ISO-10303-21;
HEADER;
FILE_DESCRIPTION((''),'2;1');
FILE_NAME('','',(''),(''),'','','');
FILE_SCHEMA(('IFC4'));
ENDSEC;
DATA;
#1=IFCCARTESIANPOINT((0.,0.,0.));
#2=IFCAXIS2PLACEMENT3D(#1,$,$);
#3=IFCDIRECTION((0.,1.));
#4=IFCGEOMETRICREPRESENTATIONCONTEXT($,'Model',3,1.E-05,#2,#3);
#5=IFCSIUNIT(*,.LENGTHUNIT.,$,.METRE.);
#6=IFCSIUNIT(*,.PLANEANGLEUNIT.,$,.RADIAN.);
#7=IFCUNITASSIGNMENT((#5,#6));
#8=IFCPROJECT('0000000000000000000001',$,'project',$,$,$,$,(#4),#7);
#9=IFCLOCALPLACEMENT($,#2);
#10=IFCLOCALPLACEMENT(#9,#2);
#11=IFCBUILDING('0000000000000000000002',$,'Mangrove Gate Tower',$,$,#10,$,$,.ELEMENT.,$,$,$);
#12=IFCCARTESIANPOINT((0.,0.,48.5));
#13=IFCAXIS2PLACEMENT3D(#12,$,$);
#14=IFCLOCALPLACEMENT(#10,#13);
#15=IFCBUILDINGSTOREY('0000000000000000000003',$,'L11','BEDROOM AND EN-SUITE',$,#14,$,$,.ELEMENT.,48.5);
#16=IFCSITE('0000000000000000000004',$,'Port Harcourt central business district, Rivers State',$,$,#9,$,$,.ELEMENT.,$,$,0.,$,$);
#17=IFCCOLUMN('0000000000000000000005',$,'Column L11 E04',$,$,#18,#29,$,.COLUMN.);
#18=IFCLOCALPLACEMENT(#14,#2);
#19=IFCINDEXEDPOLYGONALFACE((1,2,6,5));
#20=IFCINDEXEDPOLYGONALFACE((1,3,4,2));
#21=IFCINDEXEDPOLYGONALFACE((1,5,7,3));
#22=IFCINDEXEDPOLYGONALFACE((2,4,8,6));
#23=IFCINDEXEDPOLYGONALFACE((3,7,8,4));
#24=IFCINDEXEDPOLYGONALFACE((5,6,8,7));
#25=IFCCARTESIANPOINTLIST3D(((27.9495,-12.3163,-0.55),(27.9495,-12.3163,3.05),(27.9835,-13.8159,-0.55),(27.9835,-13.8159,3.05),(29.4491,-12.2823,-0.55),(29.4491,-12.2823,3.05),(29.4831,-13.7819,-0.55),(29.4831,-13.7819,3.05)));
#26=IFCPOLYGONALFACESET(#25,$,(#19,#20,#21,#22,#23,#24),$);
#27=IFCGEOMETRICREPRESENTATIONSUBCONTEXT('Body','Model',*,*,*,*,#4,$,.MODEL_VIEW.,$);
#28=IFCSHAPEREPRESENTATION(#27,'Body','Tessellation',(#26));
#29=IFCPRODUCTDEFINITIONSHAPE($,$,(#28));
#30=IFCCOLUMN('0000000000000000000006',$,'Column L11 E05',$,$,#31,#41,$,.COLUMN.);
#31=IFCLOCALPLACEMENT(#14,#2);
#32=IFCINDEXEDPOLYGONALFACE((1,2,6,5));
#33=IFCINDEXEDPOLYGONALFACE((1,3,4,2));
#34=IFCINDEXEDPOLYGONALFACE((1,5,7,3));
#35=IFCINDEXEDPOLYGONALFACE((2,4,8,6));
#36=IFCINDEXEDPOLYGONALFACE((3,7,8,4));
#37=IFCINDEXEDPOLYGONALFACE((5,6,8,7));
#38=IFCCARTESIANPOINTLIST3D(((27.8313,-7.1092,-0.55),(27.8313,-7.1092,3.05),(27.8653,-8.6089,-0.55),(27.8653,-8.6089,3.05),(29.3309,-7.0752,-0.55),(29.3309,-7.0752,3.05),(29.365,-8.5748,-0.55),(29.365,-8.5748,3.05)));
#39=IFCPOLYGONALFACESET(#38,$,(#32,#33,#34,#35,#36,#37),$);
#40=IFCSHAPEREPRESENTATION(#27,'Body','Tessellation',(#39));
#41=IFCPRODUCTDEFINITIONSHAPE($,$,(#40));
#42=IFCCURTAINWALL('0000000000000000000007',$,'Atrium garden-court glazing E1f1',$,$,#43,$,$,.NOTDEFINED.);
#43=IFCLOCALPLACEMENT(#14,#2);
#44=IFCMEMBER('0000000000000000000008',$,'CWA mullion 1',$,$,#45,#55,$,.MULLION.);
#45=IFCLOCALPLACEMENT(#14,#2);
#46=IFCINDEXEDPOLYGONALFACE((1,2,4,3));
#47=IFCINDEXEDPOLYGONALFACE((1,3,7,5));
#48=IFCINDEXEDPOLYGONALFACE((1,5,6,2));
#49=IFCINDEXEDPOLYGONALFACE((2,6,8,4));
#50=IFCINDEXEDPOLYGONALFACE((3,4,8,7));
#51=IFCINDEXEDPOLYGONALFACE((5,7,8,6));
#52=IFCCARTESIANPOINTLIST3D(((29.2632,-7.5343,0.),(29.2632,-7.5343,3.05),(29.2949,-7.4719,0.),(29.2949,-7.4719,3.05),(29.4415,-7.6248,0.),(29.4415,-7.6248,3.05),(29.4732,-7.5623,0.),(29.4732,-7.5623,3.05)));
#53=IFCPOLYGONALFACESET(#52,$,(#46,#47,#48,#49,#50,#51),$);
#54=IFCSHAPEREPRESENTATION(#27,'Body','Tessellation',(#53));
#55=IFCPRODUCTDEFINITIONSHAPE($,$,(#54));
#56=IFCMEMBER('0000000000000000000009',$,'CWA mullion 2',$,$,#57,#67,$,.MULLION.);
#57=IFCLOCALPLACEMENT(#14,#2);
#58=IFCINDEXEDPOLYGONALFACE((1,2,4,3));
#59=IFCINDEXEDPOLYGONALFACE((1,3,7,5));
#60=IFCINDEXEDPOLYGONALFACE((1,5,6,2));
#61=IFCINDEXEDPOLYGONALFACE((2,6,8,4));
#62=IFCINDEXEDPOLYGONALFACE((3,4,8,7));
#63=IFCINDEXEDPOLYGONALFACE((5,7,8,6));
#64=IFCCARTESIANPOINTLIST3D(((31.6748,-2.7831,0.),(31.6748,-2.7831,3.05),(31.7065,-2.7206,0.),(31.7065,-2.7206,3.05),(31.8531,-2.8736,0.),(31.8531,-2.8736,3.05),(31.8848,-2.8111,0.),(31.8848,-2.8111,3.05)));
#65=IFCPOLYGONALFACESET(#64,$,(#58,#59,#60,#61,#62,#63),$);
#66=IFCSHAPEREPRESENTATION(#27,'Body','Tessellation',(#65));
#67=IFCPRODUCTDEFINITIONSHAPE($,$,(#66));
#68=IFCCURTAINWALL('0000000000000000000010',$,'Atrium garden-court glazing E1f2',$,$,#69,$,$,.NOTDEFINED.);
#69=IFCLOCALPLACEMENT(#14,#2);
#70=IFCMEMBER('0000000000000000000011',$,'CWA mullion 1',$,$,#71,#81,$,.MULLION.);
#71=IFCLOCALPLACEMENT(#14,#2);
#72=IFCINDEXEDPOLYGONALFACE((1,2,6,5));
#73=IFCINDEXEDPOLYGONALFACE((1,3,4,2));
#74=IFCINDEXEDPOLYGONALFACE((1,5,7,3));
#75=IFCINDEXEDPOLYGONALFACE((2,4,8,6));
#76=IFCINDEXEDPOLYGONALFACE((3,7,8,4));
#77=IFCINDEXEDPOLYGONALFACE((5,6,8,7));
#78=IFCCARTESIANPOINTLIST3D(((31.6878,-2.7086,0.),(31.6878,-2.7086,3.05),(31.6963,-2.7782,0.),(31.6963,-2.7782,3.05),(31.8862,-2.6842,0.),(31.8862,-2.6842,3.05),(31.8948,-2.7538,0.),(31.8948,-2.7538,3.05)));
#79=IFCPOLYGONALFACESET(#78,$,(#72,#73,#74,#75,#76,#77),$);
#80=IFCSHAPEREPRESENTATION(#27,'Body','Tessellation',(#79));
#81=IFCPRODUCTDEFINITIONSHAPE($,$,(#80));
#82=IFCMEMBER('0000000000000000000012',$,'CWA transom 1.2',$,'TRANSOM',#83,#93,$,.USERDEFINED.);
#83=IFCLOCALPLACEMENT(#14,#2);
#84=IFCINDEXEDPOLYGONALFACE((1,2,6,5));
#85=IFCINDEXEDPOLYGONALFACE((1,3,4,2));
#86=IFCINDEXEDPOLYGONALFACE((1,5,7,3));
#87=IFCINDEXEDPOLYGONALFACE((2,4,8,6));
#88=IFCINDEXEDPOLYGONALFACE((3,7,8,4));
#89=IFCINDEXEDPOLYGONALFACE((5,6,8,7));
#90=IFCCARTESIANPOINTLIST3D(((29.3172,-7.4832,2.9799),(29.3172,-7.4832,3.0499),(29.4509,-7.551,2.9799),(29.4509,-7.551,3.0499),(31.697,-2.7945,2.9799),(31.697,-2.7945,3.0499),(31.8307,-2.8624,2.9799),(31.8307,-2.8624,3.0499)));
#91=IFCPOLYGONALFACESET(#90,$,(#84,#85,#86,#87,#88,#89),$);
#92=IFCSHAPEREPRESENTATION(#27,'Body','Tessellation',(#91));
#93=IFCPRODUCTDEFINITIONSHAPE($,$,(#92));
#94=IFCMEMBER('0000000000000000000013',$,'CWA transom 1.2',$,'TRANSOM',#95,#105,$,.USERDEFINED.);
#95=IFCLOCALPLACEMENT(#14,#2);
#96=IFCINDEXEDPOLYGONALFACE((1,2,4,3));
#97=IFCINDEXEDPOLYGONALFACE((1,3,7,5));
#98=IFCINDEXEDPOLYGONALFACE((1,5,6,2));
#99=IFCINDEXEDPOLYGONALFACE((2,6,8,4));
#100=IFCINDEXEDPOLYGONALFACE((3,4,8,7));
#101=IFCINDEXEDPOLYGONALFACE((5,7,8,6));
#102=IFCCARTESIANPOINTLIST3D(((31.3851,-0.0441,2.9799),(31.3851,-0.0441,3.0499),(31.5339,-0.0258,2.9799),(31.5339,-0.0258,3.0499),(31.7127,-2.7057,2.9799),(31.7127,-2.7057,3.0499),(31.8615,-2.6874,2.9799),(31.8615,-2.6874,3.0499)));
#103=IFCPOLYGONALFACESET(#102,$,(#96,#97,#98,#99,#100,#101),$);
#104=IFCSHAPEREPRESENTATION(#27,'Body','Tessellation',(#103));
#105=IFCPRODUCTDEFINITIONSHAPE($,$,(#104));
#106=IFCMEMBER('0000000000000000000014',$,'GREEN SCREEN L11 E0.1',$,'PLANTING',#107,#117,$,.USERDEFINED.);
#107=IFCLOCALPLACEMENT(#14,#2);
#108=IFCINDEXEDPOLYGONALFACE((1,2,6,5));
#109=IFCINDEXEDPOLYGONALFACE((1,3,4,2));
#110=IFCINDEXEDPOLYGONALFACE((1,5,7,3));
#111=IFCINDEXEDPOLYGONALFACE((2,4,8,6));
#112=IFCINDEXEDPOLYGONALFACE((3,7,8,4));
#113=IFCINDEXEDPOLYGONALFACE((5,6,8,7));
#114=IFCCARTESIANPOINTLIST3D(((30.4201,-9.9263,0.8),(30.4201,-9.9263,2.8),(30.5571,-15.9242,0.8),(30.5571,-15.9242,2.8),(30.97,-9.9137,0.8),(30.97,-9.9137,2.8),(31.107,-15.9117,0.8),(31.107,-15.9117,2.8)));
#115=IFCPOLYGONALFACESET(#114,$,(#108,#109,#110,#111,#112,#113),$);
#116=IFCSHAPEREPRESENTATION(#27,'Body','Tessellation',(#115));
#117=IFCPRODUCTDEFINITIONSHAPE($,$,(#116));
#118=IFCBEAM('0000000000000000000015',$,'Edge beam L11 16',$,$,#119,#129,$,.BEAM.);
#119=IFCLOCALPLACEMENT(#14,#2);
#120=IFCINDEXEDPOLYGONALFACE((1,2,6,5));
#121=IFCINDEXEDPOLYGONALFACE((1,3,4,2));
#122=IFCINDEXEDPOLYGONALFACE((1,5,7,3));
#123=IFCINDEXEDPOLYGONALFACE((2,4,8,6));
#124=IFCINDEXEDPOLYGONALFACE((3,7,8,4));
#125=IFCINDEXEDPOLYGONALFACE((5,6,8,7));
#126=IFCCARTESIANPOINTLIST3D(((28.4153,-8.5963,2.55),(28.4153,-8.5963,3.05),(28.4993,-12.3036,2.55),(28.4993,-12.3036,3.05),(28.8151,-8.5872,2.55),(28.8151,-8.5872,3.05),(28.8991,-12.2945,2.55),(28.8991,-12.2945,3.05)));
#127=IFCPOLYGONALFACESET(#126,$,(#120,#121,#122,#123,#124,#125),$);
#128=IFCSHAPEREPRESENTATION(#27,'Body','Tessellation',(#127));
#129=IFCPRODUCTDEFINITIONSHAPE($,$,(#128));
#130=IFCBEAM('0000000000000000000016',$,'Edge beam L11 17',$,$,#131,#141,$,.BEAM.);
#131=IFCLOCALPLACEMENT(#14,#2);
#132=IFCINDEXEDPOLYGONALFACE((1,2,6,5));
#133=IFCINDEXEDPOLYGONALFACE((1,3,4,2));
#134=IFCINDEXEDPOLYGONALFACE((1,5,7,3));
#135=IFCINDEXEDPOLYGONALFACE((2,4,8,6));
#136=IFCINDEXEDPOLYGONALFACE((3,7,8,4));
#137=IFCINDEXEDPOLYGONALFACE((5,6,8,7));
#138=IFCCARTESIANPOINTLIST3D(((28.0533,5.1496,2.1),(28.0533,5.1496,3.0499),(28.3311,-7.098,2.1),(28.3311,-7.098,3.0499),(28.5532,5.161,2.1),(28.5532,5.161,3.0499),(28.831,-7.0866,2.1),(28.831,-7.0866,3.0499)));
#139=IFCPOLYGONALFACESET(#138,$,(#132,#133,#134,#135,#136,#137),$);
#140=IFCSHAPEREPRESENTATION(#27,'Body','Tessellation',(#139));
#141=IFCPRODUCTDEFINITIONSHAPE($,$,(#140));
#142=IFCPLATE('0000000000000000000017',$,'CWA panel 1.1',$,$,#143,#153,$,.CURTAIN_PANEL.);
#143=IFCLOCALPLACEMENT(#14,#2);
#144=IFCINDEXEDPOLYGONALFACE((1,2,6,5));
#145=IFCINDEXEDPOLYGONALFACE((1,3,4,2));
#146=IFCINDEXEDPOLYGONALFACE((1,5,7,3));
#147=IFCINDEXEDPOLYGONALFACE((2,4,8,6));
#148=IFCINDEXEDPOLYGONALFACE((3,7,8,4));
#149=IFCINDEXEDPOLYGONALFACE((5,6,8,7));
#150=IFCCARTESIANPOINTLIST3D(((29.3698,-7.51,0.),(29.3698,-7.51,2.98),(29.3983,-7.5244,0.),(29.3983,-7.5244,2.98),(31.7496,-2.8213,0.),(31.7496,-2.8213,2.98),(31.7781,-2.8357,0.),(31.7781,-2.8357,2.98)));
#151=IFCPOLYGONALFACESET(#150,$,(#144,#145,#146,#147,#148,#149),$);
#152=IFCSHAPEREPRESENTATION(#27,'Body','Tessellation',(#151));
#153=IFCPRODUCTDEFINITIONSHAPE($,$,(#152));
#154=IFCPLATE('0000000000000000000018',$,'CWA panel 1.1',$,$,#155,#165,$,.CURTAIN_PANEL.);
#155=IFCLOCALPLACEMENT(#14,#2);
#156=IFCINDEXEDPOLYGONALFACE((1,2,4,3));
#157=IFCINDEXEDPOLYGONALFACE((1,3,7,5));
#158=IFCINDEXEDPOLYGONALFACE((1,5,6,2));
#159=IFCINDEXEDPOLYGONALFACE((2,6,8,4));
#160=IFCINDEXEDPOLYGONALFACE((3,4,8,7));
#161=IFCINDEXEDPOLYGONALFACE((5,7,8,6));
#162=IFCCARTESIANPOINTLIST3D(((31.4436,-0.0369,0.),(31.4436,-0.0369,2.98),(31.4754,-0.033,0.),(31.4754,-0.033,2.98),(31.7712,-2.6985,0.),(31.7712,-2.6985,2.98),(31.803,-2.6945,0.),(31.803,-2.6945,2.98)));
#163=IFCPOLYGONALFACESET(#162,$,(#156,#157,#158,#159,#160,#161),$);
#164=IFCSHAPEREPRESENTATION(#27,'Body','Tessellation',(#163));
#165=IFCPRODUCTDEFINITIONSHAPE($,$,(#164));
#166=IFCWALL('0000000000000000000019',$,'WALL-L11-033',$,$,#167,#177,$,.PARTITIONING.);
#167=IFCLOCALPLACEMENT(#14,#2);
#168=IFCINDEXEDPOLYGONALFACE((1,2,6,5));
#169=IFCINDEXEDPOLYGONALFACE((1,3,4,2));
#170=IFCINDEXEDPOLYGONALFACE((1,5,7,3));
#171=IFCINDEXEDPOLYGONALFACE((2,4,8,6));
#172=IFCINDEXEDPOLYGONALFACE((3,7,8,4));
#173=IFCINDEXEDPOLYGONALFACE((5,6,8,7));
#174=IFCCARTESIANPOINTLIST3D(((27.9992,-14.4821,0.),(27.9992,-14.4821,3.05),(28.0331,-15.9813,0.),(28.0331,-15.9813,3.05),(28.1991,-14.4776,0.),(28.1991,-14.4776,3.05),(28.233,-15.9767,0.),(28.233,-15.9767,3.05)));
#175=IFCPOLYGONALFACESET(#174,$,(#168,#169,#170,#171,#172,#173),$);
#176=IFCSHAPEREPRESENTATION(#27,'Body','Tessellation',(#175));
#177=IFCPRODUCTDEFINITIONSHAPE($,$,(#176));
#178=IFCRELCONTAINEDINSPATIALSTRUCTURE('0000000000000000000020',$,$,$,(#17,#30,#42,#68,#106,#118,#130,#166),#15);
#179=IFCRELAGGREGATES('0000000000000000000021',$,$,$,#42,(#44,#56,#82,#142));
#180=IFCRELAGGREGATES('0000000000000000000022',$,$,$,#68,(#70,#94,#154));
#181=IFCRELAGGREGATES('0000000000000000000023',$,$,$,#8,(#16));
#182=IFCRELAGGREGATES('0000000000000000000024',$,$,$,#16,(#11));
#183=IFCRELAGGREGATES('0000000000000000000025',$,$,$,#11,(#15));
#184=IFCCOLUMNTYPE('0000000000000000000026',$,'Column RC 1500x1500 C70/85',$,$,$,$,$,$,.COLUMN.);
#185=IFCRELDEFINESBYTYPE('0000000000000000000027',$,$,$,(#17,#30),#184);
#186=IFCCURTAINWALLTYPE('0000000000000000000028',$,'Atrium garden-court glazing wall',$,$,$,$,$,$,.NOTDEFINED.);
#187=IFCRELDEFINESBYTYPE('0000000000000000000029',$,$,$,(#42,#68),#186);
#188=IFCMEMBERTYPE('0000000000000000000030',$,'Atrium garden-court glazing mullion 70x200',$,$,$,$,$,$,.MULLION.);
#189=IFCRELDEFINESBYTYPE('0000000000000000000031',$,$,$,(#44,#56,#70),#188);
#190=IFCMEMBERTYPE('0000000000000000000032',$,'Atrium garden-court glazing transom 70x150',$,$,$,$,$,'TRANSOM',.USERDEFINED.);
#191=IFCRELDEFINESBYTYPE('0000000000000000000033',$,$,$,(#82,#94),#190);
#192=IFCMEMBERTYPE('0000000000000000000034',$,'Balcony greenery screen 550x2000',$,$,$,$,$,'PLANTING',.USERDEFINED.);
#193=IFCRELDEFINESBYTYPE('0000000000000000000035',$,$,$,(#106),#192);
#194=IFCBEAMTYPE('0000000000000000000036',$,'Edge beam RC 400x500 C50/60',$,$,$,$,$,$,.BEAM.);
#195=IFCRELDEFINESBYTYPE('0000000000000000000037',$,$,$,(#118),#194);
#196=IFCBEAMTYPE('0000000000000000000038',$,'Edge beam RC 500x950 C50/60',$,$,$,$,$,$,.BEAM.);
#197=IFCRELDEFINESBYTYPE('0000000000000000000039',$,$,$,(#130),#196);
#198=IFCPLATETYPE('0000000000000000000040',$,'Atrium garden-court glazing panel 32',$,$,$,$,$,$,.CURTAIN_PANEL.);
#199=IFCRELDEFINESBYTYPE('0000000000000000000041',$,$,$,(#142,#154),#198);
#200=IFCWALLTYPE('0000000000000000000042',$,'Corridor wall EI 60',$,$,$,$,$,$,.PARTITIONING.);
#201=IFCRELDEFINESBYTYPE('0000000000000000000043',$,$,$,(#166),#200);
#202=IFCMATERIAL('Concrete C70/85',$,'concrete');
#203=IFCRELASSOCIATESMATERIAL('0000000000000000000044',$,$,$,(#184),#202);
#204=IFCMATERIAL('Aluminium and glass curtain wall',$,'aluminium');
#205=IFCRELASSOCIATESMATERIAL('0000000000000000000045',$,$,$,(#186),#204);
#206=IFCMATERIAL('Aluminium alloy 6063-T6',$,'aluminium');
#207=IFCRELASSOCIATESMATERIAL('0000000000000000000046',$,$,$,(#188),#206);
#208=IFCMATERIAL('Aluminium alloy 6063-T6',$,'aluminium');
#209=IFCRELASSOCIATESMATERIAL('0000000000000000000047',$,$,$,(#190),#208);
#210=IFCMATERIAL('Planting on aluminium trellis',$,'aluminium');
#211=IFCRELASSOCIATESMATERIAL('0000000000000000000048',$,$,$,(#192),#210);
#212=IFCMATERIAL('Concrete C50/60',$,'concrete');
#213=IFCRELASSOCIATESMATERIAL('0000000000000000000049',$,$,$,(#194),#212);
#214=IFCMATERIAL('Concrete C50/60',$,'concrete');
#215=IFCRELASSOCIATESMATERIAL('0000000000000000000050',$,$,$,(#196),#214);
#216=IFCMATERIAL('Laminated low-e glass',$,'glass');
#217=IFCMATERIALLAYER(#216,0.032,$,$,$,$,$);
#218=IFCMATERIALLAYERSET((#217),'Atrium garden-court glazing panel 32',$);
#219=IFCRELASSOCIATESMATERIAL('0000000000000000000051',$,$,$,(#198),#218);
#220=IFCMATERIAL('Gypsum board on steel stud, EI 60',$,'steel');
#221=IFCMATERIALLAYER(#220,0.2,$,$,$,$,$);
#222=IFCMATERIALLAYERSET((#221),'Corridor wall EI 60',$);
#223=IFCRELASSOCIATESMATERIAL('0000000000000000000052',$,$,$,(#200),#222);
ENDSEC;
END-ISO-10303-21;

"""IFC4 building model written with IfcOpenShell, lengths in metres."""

from ifc_helpers import new_model, si_unit, direction, frame, frame_2d, origin, origin_2d, place, context, subcontext, project, spatial, rectangle, extrude, material, layer, layer_set, material_profile, profile_set, type_object, element, aggregate, save


model = new_model("IFC4")

# Units and contexts
model_context = context("Model", 3, precision=1e-05, world=origin(), true_north=direction((0.0, 1.0)))
body_context = subcontext(model_context, "Body", "Model", "MODEL_VIEW")
ifc_project = project(units=[si_unit("LENGTHUNIT", "METRE"), si_unit("PLANEANGLEUNIT", "RADIAN")], contexts=[model_context])

# Site, building, storey
site_placement = place(None, origin())
site = spatial("IfcSite", under=ifc_project, at=site_placement, Name="Port Harcourt central business district, Rivers State", CompositionType="ELEMENT", RefElevation=0.0)
building_placement = place(site_placement, origin())
building = spatial("IfcBuilding", under=site, at=building_placement, Name="Mangrove Gate Tower", CompositionType="ELEMENT")
storey_placement = place(building_placement, frame((0.0, 0.0, 48.5)))
storey = spatial("IfcBuildingStorey", under=building, at=storey_placement, Name="L11", Description="BEDROOM AND EN-SUITE", CompositionType="ELEMENT", Elevation=48.5)

# Columns
ifc_material_1 = material(Name="Concrete C70/85", Category="concrete")
ifc_material_profile_1 = material_profile(ifc_material_1, rectangle(XDim=1.5, YDim=1.5, at=origin_2d()))
ifc_profile_set_1 = profile_set([ifc_material_profile_1], Name="Concrete C70/85")
column_type = type_object("IfcColumnType", Name="Column RC 1500x1500 C70/85", PredefinedType="COLUMN", material=ifc_profile_set_1)
for number, where, z_axis, x_axis, name in (
    (1, (28.7163, -13.0491, -0.55), (0.0, 0.0, 1.0), (-0.022656, 0.999743, 0.0), "Column L11 E04"),
    (2, (28.5981, -7.842, -0.55), (0.0, 0.0, 1.0), (-0.022681, 0.999743, 0.0), "Column L11 E05"),
):
    element("IfcColumn", number, at=place(storey_placement, frame(where, z_axis=z_axis, x_axis=x_axis)), inside=storey, type_object=column_type, Name=name, PredefinedType="COLUMN", context=body_context, shape_type="SweptSolid", body=[
        extrude(rectangle(XDim=1.5, YDim=1.5, at=origin_2d()), origin(), (0.0, 0.0, 1.0), 3.6001),
    ])

# Curtain wall, members
ifc_material_2 = material(Name="Aluminium and glass curtain wall", Category="aluminium")
curtain_wall_type = type_object("IfcCurtainWallType", Name="Atrium garden-court glazing wall", PredefinedType="NOTDEFINED", material=ifc_material_2)
curtain_wall_1_placement = place(storey_placement, origin())
curtain_wall_1 = element("IfcCurtainWall", 3, at=curtain_wall_1_placement, inside=storey, type_object=curtain_wall_type, Name="Atrium garden-court glazing E1f1", PredefinedType="NOTDEFINED")
ifc_material_3 = material(Name="Aluminium alloy 6063-T6", Category="aluminium")
ifc_material_profile_2 = material_profile(ifc_material_3, rectangle(XDim=0.0701, YDim=0.2, at=origin_2d()))
ifc_profile_set_2 = profile_set([ifc_material_profile_2], Name="Aluminium alloy 6063-T6")
member_type_1 = type_object("IfcMemberType", Name="Atrium garden-court glazing mullion 70x200", PredefinedType="MULLION", material=ifc_profile_set_2)
member_1_placement = place(storey_placement, frame((29.3682, -7.5483, 0.0), z_axis=(0.0, 0.0, 1.0), x_axis=(0.4526, 0.891714, 0.0)))
member_1 = element("IfcMember", 4, at=member_1_placement, type_object=member_type_1, Name="CWA mullion 1", PredefinedType="MULLION", context=body_context, shape_type="SweptSolid", body=[
    extrude(rectangle(XDim=0.0701, YDim=0.2, at=origin_2d()), origin(), (0.0, 0.0, 1.0), 3.05),
])
member_2_placement = place(storey_placement, frame((31.7798, -2.7971, 0.0), z_axis=(0.0, 0.0, 1.0), x_axis=(0.4526, 0.891714, 0.0)))
member_2 = element("IfcMember", 5, at=member_2_placement, type_object=member_type_1, Name="CWA mullion 2", PredefinedType="MULLION", context=body_context, shape_type="SweptSolid", body=[
    extrude(rectangle(XDim=0.0701, YDim=0.2, at=origin_2d()), origin(), (0.0, 0.0, 1.0), 3.05),
])

# Curtain wall, member
curtain_wall_2_placement = place(storey_placement, origin())
curtain_wall_2 = element("IfcCurtainWall", 6, at=curtain_wall_2_placement, inside=storey, type_object=curtain_wall_type, Name="Atrium garden-court glazing E1f2", PredefinedType="NOTDEFINED")
member_3_placement = place(storey_placement, frame((31.7913, -2.7312, 0.0), z_axis=(0.0, 0.0, 1.0), x_axis=(-0.122172, 0.992509, 0.0)))
member_3 = element("IfcMember", 7, at=member_3_placement, type_object=member_type_1, Name="CWA mullion 1", PredefinedType="MULLION", context=body_context, shape_type="SweptSolid", body=[
    extrude(rectangle(XDim=0.0701, YDim=0.2, at=origin_2d()), origin(), (0.0, 0.0, 1.0), 3.05),
])

# Members
ifc_material_4 = material(Name="Aluminium alloy 6063-T6", Category="aluminium")
ifc_material_profile_3 = material_profile(ifc_material_4, rectangle(XDim=0.0701, YDim=0.1499, at=origin_2d()))
ifc_profile_set_3 = profile_set([ifc_material_profile_3], Name="Aluminium alloy 6063-T6")
member_type_2 = type_object("IfcMemberType", Name="Atrium garden-court glazing transom 70x150", ElementType="TRANSOM", PredefinedType="USERDEFINED", material=ifc_profile_set_3)
member_4_placement = place(storey_placement, frame((29.384, -7.5171, 3.0149), z_axis=(0.45261, 0.891709, 0.0), x_axis=(0.0, 0.0, 1.0)))
member_4 = element("IfcMember", 8, at=member_4_placement, type_object=member_type_2, Name="CWA transom 1.2", ObjectType="TRANSOM", PredefinedType="USERDEFINED", context=body_context, shape_type="SweptSolid", body=[
    extrude(rectangle(XDim=0.0701, YDim=0.1499, at=origin_2d()), origin(), (0.0, 0.0, 1.0), 5.2581),
])
member_5_placement = place(storey_placement, frame((31.7871, -2.6965, 3.0149), z_axis=(-0.122175, 0.992509, 0.0), x_axis=(0.0, 0.0, 1.0)))
member_5 = element("IfcMember", 9, at=member_5_placement, type_object=member_type_2, Name="CWA transom 1.2", ObjectType="TRANSOM", PredefinedType="USERDEFINED", context=body_context, shape_type="SweptSolid", body=[
    extrude(rectangle(XDim=0.0701, YDim=0.1499, at=origin_2d()), origin(), (0.0, 0.0, 1.0), 2.6816),
])
ifc_material_5 = material(Name="Planting on aluminium trellis", Category="aluminium")
ifc_material_profile_4 = material_profile(ifc_material_5, rectangle(XDim=0.55, YDim=2.0, at=origin_2d()))
ifc_profile_set_4 = profile_set([ifc_material_profile_4], Name="Planting on aluminium trellis")
member_type_3 = type_object("IfcMemberType", Name="Balcony greenery screen 550x2000", ElementType="PLANTING", PredefinedType="USERDEFINED", material=ifc_profile_set_4)
member_6_placement = place(storey_placement, frame((30.832, -15.918, 1.8), z_axis=(-0.022829, 0.999739, 0.0), x_axis=(-0.999739, -0.022829, 0.0)))
element("IfcMember", 10, at=member_6_placement, inside=storey, type_object=member_type_3, Name="GREEN SCREEN L11 E0.1", ObjectType="PLANTING", PredefinedType="USERDEFINED", context=body_context, shape_type="SweptSolid", body=[
    extrude(rectangle(XDim=0.55, YDim=2.0, at=origin_2d()), origin(), (0.0, 0.0, 1.0), 5.9995),
])

# Beams
ifc_material_6 = material(Name="Concrete C50/60", Category="concrete")
ifc_material_profile_5 = material_profile(ifc_material_6, rectangle(XDim=0.3999, YDim=0.5, at=origin_2d()))
ifc_profile_set_5 = profile_set([ifc_material_profile_5], Name="Concrete C50/60")
beam_type_1 = type_object("IfcBeamType", Name="Edge beam RC 400x500 C50/60", PredefinedType="BEAM", material=ifc_profile_set_5)
beam_1_placement = place(storey_placement, frame((28.6992, -12.2991, 2.8), z_axis=(-0.022648, 0.999743, 0.0), x_axis=(-0.999743, -0.022648, 0.0)))
element("IfcBeam", 11, at=beam_1_placement, inside=storey, type_object=beam_type_1, Name="Edge beam L11 16", PredefinedType="BEAM", context=body_context, shape_type="SweptSolid", body=[
    extrude(rectangle(XDim=0.3999, YDim=0.5, at=origin_2d()), origin(), (0.0, 0.0, 1.0), 3.7083),
])
ifc_material_7 = material(Name="Concrete C50/60", Category="concrete")
ifc_material_profile_6 = material_profile(ifc_material_7, rectangle(XDim=0.5, YDim=0.95, at=origin_2d()))
ifc_profile_set_6 = profile_set([ifc_material_profile_6], Name="Concrete C50/60")
beam_type_2 = type_object("IfcBeamType", Name="Edge beam RC 500x950 C50/60", PredefinedType="BEAM", material=ifc_profile_set_6)
beam_2_placement = place(storey_placement, frame((28.5811, -7.0923, 2.575), z_axis=(-0.022679, 0.999743, 0.0), x_axis=(-0.999743, -0.022679, 0.0)))
element("IfcBeam", 12, at=beam_2_placement, inside=storey, type_object=beam_type_2, Name="Edge beam L11 17", PredefinedType="BEAM", context=body_context, shape_type="SweptSolid", body=[
    extrude(rectangle(XDim=0.5, YDim=0.95, at=origin_2d()), origin(), (0.0, 0.0, 1.0), 12.2507),
])

# Plates
ifc_material_8 = material(Name="Laminated low-e glass", Category="glass")
ifc_layer_1 = layer(ifc_material_8, 0.032)
ifc_layer_set_1 = layer_set([ifc_layer_1], Name="Atrium garden-court glazing panel 32")
plate_type = type_object("IfcPlateType", Name="Atrium garden-court glazing panel 32", PredefinedType="CURTAIN_PANEL", material=ifc_layer_set_1)
plate_1_placement = place(storey_placement, frame((30.574, -5.1729, 0.0), z_axis=(0.0, 0.0, 1.0), x_axis=(0.4526, 0.891714, 0.0)))
plate_1 = element("IfcPlate", 13, at=plate_1_placement, type_object=plate_type, Name="CWA panel 1.1", PredefinedType="CURTAIN_PANEL", context=body_context, shape_type="SweptSolid", body=[
    extrude(rectangle(XDim=5.2581, YDim=0.032, at=origin_2d()), origin(), (0.0, 0.0, 1.0), 2.98),
])
aggregate(curtain_wall_1, [member_1, member_2, member_4, plate_1])
plate_2_placement = place(storey_placement, frame((31.6233, -1.3657, 0.0), z_axis=(0.0, 0.0, 1.0), x_axis=(-0.122172, 0.992509, 0.0)))
plate_2 = element("IfcPlate", 14, at=plate_2_placement, type_object=plate_type, Name="CWA panel 1.1", PredefinedType="CURTAIN_PANEL", context=body_context, shape_type="SweptSolid", body=[
    extrude(rectangle(XDim=2.6816, YDim=0.032, at=origin_2d()), origin(), (0.0, 0.0, 1.0), 2.98),
])
aggregate(curtain_wall_2, [member_3, member_5, plate_2])

# Wall
ifc_material_9 = material(Name="Gypsum board on steel stud, EI 60", Category="steel")
ifc_layer_2 = layer(ifc_material_9, 0.2)
ifc_layer_set_2 = layer_set([ifc_layer_2], Name="Corridor wall EI 60")
wall_type_1 = type_object("IfcWallType", Name="Corridor wall EI 60", PredefinedType="PARTITIONING", material=ifc_layer_set_2)
wall_1_placement = place(storey_placement, frame((28.1331, -15.979, 0.0), z_axis=(0.0, 0.0, 1.0), x_axis=(-0.022633, 0.999744, 0.0)))
element("IfcWall", 15, at=wall_1_placement, inside=storey, type_object=wall_type_1, Name="WALL-L11-033", PredefinedType="PARTITIONING", context=body_context, shape_type="SweptSolid", body=[
    extrude(rectangle(XDim=1.4995, YDim=0.2, at=frame_2d((0.7498, 0.0))), origin(), (0.0, 0.0, 1.0), 3.05),
])

save(model, "model.ifc")
